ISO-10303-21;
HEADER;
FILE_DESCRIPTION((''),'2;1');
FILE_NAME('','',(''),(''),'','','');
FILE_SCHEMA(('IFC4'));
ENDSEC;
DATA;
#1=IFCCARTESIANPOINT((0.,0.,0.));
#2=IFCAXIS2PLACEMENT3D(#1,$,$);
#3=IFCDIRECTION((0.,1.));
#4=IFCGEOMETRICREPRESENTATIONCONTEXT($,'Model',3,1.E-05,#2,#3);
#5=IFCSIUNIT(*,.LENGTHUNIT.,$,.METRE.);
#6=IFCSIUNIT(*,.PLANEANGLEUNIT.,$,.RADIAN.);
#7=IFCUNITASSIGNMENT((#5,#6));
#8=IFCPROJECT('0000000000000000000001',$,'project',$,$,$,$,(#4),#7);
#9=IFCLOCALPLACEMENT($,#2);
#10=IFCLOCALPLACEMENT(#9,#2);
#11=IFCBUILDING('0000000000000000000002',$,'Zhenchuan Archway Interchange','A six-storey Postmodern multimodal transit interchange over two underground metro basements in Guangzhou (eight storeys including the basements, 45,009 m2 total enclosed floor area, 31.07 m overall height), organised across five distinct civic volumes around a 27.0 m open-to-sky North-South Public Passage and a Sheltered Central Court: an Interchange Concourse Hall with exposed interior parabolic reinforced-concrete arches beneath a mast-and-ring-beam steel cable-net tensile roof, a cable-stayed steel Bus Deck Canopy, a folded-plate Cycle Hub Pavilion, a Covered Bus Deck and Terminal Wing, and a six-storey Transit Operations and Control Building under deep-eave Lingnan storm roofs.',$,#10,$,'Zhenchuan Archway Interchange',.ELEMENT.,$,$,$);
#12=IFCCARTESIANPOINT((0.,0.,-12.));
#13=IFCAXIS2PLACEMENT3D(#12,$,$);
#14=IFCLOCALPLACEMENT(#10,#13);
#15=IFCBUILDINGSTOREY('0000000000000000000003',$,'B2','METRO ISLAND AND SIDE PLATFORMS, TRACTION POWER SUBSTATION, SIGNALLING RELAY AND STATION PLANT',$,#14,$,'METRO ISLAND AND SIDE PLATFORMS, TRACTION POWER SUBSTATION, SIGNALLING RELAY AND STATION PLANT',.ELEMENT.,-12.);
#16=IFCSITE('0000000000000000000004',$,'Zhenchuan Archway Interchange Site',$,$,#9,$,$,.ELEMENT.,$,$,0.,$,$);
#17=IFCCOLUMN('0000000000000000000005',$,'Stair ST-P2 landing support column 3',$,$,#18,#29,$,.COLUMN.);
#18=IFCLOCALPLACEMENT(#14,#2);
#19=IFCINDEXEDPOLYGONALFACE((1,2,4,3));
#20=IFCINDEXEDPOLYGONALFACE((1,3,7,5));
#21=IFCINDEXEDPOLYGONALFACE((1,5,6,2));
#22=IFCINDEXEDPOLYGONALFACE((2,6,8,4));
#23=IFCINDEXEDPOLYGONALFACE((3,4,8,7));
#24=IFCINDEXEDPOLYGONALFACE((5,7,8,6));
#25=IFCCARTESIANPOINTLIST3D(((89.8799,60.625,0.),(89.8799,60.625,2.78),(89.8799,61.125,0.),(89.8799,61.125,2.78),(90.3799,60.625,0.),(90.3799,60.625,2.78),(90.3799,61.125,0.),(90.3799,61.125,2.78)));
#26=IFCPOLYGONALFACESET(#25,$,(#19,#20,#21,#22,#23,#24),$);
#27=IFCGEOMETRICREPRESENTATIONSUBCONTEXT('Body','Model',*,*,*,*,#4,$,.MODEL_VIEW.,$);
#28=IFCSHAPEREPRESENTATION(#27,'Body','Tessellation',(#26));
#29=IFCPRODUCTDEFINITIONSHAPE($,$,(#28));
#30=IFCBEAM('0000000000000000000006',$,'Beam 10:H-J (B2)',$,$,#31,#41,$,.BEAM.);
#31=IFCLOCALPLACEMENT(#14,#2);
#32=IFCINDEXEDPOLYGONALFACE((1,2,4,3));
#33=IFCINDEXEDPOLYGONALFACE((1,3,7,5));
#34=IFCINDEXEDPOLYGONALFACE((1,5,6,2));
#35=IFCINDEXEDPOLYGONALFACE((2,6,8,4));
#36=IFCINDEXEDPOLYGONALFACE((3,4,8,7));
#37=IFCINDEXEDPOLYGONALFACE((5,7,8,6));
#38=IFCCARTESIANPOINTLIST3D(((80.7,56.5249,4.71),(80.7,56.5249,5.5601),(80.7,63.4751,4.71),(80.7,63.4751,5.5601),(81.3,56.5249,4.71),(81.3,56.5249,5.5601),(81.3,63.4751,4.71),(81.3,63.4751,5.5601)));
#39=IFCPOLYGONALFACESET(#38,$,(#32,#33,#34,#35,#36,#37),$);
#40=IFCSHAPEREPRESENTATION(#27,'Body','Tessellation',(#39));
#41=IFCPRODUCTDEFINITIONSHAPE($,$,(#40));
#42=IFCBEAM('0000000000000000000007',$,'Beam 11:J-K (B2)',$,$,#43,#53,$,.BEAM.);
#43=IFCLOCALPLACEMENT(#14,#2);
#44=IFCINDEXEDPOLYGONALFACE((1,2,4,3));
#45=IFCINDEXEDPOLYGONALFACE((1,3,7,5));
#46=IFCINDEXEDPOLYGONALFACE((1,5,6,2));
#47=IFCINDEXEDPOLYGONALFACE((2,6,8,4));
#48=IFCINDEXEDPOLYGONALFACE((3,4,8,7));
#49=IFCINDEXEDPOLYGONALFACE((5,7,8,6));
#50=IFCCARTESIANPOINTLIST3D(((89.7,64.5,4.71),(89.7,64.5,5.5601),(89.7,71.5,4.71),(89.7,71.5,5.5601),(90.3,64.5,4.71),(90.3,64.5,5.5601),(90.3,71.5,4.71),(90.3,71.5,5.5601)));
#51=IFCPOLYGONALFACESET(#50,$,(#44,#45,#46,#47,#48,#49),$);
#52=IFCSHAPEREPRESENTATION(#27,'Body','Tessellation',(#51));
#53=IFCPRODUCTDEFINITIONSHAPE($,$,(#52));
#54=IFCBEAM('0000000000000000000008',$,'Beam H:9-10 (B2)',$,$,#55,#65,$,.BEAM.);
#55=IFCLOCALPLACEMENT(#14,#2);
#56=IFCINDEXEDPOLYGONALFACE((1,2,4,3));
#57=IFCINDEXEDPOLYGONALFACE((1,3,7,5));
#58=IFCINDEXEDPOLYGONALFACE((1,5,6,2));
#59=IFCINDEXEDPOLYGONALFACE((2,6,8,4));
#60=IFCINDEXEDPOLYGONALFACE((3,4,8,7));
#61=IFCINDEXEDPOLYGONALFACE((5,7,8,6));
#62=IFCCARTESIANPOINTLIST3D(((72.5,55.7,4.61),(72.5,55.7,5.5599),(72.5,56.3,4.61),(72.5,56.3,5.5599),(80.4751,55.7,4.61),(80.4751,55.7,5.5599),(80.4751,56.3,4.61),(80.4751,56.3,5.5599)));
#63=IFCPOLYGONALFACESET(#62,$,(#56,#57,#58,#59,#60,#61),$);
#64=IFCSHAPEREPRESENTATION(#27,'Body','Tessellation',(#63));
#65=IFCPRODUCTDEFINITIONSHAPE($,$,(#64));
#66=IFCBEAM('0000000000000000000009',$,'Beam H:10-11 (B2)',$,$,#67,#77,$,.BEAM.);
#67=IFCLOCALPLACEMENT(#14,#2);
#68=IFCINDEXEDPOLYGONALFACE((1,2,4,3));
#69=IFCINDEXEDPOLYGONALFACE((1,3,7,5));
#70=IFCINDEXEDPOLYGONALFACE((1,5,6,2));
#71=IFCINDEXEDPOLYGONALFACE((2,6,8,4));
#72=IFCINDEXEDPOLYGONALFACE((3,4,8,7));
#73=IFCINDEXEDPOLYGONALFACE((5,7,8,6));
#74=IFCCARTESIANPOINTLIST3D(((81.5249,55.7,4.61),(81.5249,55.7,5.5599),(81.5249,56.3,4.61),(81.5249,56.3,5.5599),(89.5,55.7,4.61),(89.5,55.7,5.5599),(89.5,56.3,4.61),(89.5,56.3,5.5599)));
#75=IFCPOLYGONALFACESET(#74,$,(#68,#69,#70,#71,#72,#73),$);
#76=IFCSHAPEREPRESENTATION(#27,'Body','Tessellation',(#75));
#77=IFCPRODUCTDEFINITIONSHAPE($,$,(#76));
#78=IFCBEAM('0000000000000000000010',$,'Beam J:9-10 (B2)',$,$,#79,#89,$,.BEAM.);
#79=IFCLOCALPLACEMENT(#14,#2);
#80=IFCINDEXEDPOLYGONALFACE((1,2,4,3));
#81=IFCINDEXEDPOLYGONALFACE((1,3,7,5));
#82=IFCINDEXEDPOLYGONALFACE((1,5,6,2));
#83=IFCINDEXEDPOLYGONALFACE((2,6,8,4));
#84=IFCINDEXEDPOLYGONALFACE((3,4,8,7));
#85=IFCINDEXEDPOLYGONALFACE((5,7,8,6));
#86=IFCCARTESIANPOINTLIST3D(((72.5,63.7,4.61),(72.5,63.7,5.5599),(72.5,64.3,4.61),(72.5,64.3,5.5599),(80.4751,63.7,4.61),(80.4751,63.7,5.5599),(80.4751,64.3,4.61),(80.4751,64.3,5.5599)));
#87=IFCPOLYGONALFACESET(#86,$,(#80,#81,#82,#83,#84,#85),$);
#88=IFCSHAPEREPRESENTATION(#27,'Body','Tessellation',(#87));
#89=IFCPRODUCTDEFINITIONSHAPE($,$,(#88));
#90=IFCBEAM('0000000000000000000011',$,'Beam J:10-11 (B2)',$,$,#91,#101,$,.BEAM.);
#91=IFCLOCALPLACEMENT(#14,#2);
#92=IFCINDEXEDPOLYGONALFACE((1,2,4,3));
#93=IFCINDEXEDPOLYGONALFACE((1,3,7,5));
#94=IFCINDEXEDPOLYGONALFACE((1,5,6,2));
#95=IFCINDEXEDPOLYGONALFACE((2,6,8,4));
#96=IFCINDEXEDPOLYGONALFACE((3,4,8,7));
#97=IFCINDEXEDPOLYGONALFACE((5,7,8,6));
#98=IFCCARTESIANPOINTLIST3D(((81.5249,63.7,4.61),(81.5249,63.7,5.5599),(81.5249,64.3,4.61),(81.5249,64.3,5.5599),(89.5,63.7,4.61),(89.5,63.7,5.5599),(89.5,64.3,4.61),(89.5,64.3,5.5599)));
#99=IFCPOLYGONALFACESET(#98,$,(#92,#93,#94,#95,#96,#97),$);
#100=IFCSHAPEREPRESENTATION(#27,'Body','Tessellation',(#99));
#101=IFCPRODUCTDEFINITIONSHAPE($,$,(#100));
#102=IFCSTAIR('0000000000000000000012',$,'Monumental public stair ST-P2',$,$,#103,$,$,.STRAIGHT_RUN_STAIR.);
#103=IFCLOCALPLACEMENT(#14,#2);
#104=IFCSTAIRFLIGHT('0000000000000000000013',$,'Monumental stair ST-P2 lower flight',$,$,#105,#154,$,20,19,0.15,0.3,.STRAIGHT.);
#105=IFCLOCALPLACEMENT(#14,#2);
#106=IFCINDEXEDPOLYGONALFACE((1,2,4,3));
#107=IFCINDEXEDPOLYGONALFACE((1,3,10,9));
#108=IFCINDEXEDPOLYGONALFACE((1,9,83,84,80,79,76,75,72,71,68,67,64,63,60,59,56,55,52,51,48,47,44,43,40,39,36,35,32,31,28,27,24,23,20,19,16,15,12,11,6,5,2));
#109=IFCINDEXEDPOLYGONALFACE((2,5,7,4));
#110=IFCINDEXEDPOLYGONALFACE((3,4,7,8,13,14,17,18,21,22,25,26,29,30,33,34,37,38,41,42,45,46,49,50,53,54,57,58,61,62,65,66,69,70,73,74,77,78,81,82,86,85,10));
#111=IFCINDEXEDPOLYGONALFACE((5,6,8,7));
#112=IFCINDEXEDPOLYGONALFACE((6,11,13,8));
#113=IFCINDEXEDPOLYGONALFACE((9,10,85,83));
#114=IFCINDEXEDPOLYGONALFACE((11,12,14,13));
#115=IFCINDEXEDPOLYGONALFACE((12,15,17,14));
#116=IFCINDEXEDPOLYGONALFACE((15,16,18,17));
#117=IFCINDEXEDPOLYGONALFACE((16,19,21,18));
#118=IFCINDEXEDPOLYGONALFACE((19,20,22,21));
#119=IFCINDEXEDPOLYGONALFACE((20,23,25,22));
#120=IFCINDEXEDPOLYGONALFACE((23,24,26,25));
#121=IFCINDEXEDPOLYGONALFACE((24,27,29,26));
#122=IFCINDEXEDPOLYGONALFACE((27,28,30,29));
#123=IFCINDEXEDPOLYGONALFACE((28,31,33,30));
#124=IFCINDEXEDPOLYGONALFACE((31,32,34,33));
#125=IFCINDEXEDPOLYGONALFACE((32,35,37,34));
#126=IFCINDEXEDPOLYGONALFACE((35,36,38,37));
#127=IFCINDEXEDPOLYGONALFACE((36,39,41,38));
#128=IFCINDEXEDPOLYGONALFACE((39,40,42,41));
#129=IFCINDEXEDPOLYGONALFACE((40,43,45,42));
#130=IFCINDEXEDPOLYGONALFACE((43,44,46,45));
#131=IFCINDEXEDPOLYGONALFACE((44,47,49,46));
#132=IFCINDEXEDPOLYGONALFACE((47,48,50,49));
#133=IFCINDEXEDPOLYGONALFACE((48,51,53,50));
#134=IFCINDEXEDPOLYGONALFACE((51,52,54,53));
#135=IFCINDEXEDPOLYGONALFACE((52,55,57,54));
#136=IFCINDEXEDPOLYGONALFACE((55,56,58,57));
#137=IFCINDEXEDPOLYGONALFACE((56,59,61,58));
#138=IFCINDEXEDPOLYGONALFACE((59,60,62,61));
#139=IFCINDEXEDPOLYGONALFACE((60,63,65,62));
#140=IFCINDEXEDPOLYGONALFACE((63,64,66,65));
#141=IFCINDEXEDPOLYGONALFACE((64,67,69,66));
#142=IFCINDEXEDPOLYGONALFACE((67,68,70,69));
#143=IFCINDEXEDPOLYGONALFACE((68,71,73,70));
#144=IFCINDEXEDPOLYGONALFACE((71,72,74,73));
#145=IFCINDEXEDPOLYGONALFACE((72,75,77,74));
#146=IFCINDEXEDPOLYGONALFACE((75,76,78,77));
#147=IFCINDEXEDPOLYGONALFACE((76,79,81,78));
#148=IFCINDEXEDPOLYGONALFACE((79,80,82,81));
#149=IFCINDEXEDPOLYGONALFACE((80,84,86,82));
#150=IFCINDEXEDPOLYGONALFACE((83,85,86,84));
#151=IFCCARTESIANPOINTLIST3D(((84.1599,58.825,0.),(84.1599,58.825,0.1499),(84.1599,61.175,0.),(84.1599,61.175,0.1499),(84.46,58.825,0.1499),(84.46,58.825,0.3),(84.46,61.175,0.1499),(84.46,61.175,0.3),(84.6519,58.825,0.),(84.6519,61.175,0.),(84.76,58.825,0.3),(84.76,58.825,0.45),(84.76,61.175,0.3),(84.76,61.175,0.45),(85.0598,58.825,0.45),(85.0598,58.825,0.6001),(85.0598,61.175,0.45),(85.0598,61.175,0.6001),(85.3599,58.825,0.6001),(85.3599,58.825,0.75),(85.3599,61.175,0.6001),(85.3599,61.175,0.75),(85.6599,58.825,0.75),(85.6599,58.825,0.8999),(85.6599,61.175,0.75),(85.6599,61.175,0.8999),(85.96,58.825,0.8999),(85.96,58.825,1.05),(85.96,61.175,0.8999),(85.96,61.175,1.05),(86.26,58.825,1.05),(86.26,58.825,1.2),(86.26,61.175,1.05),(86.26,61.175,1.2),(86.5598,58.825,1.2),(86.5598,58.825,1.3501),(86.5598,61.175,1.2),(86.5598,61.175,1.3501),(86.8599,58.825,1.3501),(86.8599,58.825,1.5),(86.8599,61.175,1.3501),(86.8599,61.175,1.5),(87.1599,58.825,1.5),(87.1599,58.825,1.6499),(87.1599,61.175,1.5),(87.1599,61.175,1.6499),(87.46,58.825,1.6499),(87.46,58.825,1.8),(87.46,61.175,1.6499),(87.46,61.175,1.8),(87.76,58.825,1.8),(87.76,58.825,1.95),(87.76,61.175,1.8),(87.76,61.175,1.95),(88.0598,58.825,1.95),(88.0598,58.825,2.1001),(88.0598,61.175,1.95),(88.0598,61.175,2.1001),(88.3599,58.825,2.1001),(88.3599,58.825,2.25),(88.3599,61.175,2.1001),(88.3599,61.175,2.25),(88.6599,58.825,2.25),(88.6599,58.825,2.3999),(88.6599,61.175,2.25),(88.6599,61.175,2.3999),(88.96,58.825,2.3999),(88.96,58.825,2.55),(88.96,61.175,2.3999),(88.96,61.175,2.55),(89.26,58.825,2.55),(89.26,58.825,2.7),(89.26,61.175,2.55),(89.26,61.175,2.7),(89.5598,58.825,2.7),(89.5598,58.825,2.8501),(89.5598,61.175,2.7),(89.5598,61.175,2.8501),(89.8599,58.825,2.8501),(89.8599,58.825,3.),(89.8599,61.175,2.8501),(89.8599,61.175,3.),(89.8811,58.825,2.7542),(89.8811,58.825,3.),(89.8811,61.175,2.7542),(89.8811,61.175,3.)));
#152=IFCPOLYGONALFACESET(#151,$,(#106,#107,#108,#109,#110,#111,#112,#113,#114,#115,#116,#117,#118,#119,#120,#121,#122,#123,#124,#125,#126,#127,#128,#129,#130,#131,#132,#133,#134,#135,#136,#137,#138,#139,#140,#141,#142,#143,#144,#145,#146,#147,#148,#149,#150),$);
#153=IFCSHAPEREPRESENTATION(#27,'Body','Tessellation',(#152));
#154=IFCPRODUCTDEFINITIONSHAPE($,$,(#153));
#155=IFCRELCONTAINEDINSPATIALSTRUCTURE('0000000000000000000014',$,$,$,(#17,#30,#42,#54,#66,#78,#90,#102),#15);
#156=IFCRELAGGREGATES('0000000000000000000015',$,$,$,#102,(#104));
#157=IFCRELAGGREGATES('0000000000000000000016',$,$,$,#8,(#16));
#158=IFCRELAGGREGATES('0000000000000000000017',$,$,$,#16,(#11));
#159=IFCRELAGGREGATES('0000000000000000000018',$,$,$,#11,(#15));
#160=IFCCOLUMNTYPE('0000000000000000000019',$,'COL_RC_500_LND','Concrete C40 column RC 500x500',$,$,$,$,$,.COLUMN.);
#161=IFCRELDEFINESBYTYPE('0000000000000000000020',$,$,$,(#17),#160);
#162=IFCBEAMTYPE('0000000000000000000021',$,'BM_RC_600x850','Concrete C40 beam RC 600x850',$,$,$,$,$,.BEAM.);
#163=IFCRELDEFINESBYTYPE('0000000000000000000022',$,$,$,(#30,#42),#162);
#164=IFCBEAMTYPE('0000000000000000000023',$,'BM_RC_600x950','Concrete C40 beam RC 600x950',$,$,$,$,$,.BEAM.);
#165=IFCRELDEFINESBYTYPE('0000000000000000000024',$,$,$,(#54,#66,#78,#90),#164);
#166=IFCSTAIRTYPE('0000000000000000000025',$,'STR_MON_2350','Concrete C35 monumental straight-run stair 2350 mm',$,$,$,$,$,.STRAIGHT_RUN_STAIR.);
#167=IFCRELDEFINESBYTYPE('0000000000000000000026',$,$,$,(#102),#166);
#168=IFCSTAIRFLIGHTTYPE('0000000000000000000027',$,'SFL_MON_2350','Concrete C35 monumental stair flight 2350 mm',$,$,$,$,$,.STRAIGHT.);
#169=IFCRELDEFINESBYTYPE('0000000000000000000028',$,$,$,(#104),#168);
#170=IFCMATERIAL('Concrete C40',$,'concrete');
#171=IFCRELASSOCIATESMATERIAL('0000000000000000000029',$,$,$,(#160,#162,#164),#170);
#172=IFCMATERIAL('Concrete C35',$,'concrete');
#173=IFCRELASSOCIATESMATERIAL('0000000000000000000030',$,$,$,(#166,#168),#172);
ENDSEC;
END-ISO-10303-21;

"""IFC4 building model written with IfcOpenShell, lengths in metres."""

from ifc_helpers import new_model, si_unit, direction, frame, origin, origin_2d, place, context, subcontext, project, spatial, polyline, rectangle, outline, extrude, material, material_profile, profile_set, type_object, element, aggregate, save


model = new_model("IFC4")

# Units and contexts
model_context = context("Model", 3, precision=1e-05, world=origin(), true_north=direction((0.0, 1.0)))
body_context = subcontext(model_context, "Body", "Model", "MODEL_VIEW")
ifc_project = project(units=[si_unit("LENGTHUNIT", "METRE"), si_unit("PLANEANGLEUNIT", "RADIAN")], contexts=[model_context])

# Site, building, storey
site_placement = place(None, origin())
site = spatial("IfcSite", under=ifc_project, at=site_placement, Name="Zhenchuan Archway Interchange Site", CompositionType="ELEMENT", RefElevation=0.0)
building_placement = place(site_placement, origin())
building = spatial("IfcBuilding", under=site, at=building_placement, Name="Zhenchuan Archway Interchange", Description="A six-storey Postmodern multimodal transit interchange over two underground metro basements in Guangzhou (eight storeys including the basements, 45,009 m2 total enclosed floor area, 31.07 m overall height), organised across five distinct civic volumes around a 27.0 m open-to-sky North-South Public Passage and a Sheltered Central Court: an Interchange Concourse Hall with exposed interior parabolic reinforced-concrete arches beneath a mast-and-ring-beam steel cable-net tensile roof, a cable-stayed steel Bus Deck Canopy, a folded-plate Cycle Hub Pavilion, a Covered Bus Deck and Terminal Wing, and a six-storey Transit Operations and Control Building under deep-eave Lingnan storm roofs.", LongName="Zhenchuan Archway Interchange", CompositionType="ELEMENT")
storey_placement = place(building_placement, frame((0.0, 0.0, -12.0)))
storey = spatial("IfcBuildingStorey", under=building, at=storey_placement, Name="B2", Description="METRO ISLAND AND SIDE PLATFORMS, TRACTION POWER SUBSTATION, SIGNALLING RELAY AND STATION PLANT", LongName="METRO ISLAND AND SIDE PLATFORMS, TRACTION POWER SUBSTATION, SIGNALLING RELAY AND STATION PLANT", CompositionType="ELEMENT", Elevation=-12.0)

# Shared definitions
ifc_material_1 = material(Name="Concrete C40", Category="concrete")

# Shared definitions
ifc_material_2 = material(Name="Concrete C35", Category="concrete")

# Column
ifc_material_profile_1 = material_profile(ifc_material_1, rectangle(XDim=0.5, YDim=0.5, at=origin_2d()), Name="RC 500x500")
ifc_profile_set_1 = profile_set([ifc_material_profile_1], Name="Concrete C40")
column_type_1 = type_object("IfcColumnType", Name="COL_RC_500_LND", Description="Concrete C40 column RC 500x500", PredefinedType="COLUMN", material=ifc_profile_set_1)
for number, where, z_axis, x_axis, name in (
    (1, (90.1299, 60.875, 0.0), (0.0, 0.0, 1.0), (1.0, 0.0, 0.0), "Stair ST-P2 landing support column 3"),
):
    element("IfcColumn", number, at=place(storey_placement, frame(where, z_axis=z_axis, x_axis=x_axis)), inside=storey, type_object=column_type_1, Name=name, PredefinedType="COLUMN", context=body_context, shape_type="SweptSolid", body=[
        extrude(rectangle(XDim=0.5, YDim=0.5, at=origin_2d()), origin(), (0.0, 0.0, 1.0), 2.78),
    ])

# Beams
ifc_material_profile_2 = material_profile(ifc_material_1, rectangle(XDim=0.6001, YDim=0.8501, at=origin_2d()), Name="RC 600x850")
ifc_profile_set_2 = profile_set([ifc_material_profile_2], Name="Concrete C40")
beam_type_1 = type_object("IfcBeamType", Name="BM_RC_600x850", Description="Concrete C40 beam RC 600x850", PredefinedType="BEAM", material=ifc_profile_set_2)
beam_1_placement = place(storey_placement, frame((81.0, 56.5249, 5.135), z_axis=(0.0, 1.0, 0.0), x_axis=(-1.0, 0.0, 0.0)))
element("IfcBeam", 2, at=beam_1_placement, inside=storey, type_object=beam_type_1, Name="Beam 10:H-J (B2)", PredefinedType="BEAM", context=body_context, shape_type="SweptSolid", body=[
    extrude(rectangle(XDim=0.6001, YDim=0.8501, at=origin_2d()), origin(), (0.0, 0.0, 1.0), 6.9502),
])
beam_2_placement = place(storey_placement, frame((90.0, 64.5, 5.135), z_axis=(0.0, 1.0, 0.0), x_axis=(-1.0, 0.0, 0.0)))
element("IfcBeam", 3, at=beam_2_placement, inside=storey, type_object=beam_type_1, Name="Beam 11:J-K (B2)", PredefinedType="BEAM", context=body_context, shape_type="SweptSolid", body=[
    extrude(rectangle(XDim=0.6001, YDim=0.8501, at=origin_2d()), origin(), (0.0, 0.0, 1.0), 7.0),
])
ifc_material_profile_3 = material_profile(ifc_material_1, rectangle(XDim=0.6001, YDim=0.95, at=origin_2d()), Name="RC 600x950")
ifc_profile_set_3 = profile_set([ifc_material_profile_3], Name="Concrete C40")
beam_type_2 = type_object("IfcBeamType", Name="BM_RC_600x950", Description="Concrete C40 beam RC 600x950", PredefinedType="BEAM", material=ifc_profile_set_3)
for number, where, z_axis, x_axis, name in (
    (4, (72.5, 56.0, 5.085), (1.0, 0.0, 0.0), (0.0, 1.0, 0.0), "Beam H:9-10 (B2)"),
    (5, (81.5249, 56.0, 5.085), (1.0, 0.0, 0.0), (0.0, 1.0, 0.0), "Beam H:10-11 (B2)"),
    (6, (72.5, 64.0, 5.085), (1.0, 0.0, 0.0), (0.0, 1.0, 0.0), "Beam J:9-10 (B2)"),
    (7, (81.5249, 64.0, 5.085), (1.0, 0.0, 0.0), (0.0, 1.0, 0.0), "Beam J:10-11 (B2)"),
):
    element("IfcBeam", number, at=place(storey_placement, frame(where, z_axis=z_axis, x_axis=x_axis)), inside=storey, type_object=beam_type_2, Name=name, PredefinedType="BEAM", context=body_context, shape_type="SweptSolid", body=[
        extrude(rectangle(XDim=0.6001, YDim=0.95, at=origin_2d()), origin(), (0.0, 0.0, 1.0), 7.9751),
    ])

# Stair, stair flight
stair_type = type_object("IfcStairType", Name="STR_MON_2350", Description="Concrete C35 monumental straight-run stair 2350 mm", PredefinedType="STRAIGHT_RUN_STAIR", material=ifc_material_2)
stair_placement = place(storey_placement, origin())
stair = element("IfcStair", 8, at=stair_placement, inside=storey, type_object=stair_type, Name="Monumental public stair ST-P2", PredefinedType="STRAIGHT_RUN_STAIR")
stair_flight_type = type_object("IfcStairFlightType", Name="SFL_MON_2350", Description="Concrete C35 monumental stair flight 2350 mm", PredefinedType="STRAIGHT", material=ifc_material_2)
stair_flight_placement = place(storey_placement, frame((84.1599, 60.0, 0.0), z_axis=(0.0, 0.0, 1.0), x_axis=(1.0, 0.0, 0.0)))
stair_flight = element("IfcStairFlight", 9, at=stair_flight_placement, type_object=stair_flight_type, Name="Monumental stair ST-P2 lower flight", NumberOfRisers=20, NumberOfTreads=19, PredefinedType="STRAIGHT", RiserHeight=0.15, TreadLength=0.3, context=body_context, shape_type="SweptSolid", body=[
    extrude(outline(polyline([(0.0, 0.0), (0.0, 0.1499), (0.3, 0.1499), (0.3, 0.3), (0.6001, 0.3), (0.6001, 0.45), (0.8999, 0.45), (0.8999, 0.6001), (1.2, 0.6001), (1.2, 0.75), (1.5, 0.75), (1.5, 0.8999), (1.8, 0.8999), (1.8, 1.05), (2.1001, 1.05), (2.1001, 1.2), (2.3999, 1.2), (2.3999, 1.3501), (2.7, 1.3501), (2.7, 1.5), (3.0, 1.5), (3.0, 1.6499), (3.3, 1.6499), (3.3, 1.8), (3.6001, 1.8), (3.6001, 1.95), (3.8999, 1.95), (3.8999, 2.1001), (4.2, 2.1001), (4.2, 2.25), (4.5, 2.25), (4.5, 2.3999), (4.8, 2.3999), (4.8, 2.55), (5.1001, 2.55), (5.1001, 2.7), (5.3999, 2.7), (5.3999, 2.8501), (5.7, 2.8501), (5.7, 3.0), (5.7212, 3.0), (5.7212, 2.7542), (0.4919, 0.0), (0.0, 0.0)])), frame((0.0, 1.175, 0.0), z_axis=(0.0, -1.0, 0.0), x_axis=(1.0, 0.0, 0.0)), (0.0, 0.0, 1.0), 2.3501),
])
aggregate(stair, [stair_flight])

save(model, "model.ifc")
